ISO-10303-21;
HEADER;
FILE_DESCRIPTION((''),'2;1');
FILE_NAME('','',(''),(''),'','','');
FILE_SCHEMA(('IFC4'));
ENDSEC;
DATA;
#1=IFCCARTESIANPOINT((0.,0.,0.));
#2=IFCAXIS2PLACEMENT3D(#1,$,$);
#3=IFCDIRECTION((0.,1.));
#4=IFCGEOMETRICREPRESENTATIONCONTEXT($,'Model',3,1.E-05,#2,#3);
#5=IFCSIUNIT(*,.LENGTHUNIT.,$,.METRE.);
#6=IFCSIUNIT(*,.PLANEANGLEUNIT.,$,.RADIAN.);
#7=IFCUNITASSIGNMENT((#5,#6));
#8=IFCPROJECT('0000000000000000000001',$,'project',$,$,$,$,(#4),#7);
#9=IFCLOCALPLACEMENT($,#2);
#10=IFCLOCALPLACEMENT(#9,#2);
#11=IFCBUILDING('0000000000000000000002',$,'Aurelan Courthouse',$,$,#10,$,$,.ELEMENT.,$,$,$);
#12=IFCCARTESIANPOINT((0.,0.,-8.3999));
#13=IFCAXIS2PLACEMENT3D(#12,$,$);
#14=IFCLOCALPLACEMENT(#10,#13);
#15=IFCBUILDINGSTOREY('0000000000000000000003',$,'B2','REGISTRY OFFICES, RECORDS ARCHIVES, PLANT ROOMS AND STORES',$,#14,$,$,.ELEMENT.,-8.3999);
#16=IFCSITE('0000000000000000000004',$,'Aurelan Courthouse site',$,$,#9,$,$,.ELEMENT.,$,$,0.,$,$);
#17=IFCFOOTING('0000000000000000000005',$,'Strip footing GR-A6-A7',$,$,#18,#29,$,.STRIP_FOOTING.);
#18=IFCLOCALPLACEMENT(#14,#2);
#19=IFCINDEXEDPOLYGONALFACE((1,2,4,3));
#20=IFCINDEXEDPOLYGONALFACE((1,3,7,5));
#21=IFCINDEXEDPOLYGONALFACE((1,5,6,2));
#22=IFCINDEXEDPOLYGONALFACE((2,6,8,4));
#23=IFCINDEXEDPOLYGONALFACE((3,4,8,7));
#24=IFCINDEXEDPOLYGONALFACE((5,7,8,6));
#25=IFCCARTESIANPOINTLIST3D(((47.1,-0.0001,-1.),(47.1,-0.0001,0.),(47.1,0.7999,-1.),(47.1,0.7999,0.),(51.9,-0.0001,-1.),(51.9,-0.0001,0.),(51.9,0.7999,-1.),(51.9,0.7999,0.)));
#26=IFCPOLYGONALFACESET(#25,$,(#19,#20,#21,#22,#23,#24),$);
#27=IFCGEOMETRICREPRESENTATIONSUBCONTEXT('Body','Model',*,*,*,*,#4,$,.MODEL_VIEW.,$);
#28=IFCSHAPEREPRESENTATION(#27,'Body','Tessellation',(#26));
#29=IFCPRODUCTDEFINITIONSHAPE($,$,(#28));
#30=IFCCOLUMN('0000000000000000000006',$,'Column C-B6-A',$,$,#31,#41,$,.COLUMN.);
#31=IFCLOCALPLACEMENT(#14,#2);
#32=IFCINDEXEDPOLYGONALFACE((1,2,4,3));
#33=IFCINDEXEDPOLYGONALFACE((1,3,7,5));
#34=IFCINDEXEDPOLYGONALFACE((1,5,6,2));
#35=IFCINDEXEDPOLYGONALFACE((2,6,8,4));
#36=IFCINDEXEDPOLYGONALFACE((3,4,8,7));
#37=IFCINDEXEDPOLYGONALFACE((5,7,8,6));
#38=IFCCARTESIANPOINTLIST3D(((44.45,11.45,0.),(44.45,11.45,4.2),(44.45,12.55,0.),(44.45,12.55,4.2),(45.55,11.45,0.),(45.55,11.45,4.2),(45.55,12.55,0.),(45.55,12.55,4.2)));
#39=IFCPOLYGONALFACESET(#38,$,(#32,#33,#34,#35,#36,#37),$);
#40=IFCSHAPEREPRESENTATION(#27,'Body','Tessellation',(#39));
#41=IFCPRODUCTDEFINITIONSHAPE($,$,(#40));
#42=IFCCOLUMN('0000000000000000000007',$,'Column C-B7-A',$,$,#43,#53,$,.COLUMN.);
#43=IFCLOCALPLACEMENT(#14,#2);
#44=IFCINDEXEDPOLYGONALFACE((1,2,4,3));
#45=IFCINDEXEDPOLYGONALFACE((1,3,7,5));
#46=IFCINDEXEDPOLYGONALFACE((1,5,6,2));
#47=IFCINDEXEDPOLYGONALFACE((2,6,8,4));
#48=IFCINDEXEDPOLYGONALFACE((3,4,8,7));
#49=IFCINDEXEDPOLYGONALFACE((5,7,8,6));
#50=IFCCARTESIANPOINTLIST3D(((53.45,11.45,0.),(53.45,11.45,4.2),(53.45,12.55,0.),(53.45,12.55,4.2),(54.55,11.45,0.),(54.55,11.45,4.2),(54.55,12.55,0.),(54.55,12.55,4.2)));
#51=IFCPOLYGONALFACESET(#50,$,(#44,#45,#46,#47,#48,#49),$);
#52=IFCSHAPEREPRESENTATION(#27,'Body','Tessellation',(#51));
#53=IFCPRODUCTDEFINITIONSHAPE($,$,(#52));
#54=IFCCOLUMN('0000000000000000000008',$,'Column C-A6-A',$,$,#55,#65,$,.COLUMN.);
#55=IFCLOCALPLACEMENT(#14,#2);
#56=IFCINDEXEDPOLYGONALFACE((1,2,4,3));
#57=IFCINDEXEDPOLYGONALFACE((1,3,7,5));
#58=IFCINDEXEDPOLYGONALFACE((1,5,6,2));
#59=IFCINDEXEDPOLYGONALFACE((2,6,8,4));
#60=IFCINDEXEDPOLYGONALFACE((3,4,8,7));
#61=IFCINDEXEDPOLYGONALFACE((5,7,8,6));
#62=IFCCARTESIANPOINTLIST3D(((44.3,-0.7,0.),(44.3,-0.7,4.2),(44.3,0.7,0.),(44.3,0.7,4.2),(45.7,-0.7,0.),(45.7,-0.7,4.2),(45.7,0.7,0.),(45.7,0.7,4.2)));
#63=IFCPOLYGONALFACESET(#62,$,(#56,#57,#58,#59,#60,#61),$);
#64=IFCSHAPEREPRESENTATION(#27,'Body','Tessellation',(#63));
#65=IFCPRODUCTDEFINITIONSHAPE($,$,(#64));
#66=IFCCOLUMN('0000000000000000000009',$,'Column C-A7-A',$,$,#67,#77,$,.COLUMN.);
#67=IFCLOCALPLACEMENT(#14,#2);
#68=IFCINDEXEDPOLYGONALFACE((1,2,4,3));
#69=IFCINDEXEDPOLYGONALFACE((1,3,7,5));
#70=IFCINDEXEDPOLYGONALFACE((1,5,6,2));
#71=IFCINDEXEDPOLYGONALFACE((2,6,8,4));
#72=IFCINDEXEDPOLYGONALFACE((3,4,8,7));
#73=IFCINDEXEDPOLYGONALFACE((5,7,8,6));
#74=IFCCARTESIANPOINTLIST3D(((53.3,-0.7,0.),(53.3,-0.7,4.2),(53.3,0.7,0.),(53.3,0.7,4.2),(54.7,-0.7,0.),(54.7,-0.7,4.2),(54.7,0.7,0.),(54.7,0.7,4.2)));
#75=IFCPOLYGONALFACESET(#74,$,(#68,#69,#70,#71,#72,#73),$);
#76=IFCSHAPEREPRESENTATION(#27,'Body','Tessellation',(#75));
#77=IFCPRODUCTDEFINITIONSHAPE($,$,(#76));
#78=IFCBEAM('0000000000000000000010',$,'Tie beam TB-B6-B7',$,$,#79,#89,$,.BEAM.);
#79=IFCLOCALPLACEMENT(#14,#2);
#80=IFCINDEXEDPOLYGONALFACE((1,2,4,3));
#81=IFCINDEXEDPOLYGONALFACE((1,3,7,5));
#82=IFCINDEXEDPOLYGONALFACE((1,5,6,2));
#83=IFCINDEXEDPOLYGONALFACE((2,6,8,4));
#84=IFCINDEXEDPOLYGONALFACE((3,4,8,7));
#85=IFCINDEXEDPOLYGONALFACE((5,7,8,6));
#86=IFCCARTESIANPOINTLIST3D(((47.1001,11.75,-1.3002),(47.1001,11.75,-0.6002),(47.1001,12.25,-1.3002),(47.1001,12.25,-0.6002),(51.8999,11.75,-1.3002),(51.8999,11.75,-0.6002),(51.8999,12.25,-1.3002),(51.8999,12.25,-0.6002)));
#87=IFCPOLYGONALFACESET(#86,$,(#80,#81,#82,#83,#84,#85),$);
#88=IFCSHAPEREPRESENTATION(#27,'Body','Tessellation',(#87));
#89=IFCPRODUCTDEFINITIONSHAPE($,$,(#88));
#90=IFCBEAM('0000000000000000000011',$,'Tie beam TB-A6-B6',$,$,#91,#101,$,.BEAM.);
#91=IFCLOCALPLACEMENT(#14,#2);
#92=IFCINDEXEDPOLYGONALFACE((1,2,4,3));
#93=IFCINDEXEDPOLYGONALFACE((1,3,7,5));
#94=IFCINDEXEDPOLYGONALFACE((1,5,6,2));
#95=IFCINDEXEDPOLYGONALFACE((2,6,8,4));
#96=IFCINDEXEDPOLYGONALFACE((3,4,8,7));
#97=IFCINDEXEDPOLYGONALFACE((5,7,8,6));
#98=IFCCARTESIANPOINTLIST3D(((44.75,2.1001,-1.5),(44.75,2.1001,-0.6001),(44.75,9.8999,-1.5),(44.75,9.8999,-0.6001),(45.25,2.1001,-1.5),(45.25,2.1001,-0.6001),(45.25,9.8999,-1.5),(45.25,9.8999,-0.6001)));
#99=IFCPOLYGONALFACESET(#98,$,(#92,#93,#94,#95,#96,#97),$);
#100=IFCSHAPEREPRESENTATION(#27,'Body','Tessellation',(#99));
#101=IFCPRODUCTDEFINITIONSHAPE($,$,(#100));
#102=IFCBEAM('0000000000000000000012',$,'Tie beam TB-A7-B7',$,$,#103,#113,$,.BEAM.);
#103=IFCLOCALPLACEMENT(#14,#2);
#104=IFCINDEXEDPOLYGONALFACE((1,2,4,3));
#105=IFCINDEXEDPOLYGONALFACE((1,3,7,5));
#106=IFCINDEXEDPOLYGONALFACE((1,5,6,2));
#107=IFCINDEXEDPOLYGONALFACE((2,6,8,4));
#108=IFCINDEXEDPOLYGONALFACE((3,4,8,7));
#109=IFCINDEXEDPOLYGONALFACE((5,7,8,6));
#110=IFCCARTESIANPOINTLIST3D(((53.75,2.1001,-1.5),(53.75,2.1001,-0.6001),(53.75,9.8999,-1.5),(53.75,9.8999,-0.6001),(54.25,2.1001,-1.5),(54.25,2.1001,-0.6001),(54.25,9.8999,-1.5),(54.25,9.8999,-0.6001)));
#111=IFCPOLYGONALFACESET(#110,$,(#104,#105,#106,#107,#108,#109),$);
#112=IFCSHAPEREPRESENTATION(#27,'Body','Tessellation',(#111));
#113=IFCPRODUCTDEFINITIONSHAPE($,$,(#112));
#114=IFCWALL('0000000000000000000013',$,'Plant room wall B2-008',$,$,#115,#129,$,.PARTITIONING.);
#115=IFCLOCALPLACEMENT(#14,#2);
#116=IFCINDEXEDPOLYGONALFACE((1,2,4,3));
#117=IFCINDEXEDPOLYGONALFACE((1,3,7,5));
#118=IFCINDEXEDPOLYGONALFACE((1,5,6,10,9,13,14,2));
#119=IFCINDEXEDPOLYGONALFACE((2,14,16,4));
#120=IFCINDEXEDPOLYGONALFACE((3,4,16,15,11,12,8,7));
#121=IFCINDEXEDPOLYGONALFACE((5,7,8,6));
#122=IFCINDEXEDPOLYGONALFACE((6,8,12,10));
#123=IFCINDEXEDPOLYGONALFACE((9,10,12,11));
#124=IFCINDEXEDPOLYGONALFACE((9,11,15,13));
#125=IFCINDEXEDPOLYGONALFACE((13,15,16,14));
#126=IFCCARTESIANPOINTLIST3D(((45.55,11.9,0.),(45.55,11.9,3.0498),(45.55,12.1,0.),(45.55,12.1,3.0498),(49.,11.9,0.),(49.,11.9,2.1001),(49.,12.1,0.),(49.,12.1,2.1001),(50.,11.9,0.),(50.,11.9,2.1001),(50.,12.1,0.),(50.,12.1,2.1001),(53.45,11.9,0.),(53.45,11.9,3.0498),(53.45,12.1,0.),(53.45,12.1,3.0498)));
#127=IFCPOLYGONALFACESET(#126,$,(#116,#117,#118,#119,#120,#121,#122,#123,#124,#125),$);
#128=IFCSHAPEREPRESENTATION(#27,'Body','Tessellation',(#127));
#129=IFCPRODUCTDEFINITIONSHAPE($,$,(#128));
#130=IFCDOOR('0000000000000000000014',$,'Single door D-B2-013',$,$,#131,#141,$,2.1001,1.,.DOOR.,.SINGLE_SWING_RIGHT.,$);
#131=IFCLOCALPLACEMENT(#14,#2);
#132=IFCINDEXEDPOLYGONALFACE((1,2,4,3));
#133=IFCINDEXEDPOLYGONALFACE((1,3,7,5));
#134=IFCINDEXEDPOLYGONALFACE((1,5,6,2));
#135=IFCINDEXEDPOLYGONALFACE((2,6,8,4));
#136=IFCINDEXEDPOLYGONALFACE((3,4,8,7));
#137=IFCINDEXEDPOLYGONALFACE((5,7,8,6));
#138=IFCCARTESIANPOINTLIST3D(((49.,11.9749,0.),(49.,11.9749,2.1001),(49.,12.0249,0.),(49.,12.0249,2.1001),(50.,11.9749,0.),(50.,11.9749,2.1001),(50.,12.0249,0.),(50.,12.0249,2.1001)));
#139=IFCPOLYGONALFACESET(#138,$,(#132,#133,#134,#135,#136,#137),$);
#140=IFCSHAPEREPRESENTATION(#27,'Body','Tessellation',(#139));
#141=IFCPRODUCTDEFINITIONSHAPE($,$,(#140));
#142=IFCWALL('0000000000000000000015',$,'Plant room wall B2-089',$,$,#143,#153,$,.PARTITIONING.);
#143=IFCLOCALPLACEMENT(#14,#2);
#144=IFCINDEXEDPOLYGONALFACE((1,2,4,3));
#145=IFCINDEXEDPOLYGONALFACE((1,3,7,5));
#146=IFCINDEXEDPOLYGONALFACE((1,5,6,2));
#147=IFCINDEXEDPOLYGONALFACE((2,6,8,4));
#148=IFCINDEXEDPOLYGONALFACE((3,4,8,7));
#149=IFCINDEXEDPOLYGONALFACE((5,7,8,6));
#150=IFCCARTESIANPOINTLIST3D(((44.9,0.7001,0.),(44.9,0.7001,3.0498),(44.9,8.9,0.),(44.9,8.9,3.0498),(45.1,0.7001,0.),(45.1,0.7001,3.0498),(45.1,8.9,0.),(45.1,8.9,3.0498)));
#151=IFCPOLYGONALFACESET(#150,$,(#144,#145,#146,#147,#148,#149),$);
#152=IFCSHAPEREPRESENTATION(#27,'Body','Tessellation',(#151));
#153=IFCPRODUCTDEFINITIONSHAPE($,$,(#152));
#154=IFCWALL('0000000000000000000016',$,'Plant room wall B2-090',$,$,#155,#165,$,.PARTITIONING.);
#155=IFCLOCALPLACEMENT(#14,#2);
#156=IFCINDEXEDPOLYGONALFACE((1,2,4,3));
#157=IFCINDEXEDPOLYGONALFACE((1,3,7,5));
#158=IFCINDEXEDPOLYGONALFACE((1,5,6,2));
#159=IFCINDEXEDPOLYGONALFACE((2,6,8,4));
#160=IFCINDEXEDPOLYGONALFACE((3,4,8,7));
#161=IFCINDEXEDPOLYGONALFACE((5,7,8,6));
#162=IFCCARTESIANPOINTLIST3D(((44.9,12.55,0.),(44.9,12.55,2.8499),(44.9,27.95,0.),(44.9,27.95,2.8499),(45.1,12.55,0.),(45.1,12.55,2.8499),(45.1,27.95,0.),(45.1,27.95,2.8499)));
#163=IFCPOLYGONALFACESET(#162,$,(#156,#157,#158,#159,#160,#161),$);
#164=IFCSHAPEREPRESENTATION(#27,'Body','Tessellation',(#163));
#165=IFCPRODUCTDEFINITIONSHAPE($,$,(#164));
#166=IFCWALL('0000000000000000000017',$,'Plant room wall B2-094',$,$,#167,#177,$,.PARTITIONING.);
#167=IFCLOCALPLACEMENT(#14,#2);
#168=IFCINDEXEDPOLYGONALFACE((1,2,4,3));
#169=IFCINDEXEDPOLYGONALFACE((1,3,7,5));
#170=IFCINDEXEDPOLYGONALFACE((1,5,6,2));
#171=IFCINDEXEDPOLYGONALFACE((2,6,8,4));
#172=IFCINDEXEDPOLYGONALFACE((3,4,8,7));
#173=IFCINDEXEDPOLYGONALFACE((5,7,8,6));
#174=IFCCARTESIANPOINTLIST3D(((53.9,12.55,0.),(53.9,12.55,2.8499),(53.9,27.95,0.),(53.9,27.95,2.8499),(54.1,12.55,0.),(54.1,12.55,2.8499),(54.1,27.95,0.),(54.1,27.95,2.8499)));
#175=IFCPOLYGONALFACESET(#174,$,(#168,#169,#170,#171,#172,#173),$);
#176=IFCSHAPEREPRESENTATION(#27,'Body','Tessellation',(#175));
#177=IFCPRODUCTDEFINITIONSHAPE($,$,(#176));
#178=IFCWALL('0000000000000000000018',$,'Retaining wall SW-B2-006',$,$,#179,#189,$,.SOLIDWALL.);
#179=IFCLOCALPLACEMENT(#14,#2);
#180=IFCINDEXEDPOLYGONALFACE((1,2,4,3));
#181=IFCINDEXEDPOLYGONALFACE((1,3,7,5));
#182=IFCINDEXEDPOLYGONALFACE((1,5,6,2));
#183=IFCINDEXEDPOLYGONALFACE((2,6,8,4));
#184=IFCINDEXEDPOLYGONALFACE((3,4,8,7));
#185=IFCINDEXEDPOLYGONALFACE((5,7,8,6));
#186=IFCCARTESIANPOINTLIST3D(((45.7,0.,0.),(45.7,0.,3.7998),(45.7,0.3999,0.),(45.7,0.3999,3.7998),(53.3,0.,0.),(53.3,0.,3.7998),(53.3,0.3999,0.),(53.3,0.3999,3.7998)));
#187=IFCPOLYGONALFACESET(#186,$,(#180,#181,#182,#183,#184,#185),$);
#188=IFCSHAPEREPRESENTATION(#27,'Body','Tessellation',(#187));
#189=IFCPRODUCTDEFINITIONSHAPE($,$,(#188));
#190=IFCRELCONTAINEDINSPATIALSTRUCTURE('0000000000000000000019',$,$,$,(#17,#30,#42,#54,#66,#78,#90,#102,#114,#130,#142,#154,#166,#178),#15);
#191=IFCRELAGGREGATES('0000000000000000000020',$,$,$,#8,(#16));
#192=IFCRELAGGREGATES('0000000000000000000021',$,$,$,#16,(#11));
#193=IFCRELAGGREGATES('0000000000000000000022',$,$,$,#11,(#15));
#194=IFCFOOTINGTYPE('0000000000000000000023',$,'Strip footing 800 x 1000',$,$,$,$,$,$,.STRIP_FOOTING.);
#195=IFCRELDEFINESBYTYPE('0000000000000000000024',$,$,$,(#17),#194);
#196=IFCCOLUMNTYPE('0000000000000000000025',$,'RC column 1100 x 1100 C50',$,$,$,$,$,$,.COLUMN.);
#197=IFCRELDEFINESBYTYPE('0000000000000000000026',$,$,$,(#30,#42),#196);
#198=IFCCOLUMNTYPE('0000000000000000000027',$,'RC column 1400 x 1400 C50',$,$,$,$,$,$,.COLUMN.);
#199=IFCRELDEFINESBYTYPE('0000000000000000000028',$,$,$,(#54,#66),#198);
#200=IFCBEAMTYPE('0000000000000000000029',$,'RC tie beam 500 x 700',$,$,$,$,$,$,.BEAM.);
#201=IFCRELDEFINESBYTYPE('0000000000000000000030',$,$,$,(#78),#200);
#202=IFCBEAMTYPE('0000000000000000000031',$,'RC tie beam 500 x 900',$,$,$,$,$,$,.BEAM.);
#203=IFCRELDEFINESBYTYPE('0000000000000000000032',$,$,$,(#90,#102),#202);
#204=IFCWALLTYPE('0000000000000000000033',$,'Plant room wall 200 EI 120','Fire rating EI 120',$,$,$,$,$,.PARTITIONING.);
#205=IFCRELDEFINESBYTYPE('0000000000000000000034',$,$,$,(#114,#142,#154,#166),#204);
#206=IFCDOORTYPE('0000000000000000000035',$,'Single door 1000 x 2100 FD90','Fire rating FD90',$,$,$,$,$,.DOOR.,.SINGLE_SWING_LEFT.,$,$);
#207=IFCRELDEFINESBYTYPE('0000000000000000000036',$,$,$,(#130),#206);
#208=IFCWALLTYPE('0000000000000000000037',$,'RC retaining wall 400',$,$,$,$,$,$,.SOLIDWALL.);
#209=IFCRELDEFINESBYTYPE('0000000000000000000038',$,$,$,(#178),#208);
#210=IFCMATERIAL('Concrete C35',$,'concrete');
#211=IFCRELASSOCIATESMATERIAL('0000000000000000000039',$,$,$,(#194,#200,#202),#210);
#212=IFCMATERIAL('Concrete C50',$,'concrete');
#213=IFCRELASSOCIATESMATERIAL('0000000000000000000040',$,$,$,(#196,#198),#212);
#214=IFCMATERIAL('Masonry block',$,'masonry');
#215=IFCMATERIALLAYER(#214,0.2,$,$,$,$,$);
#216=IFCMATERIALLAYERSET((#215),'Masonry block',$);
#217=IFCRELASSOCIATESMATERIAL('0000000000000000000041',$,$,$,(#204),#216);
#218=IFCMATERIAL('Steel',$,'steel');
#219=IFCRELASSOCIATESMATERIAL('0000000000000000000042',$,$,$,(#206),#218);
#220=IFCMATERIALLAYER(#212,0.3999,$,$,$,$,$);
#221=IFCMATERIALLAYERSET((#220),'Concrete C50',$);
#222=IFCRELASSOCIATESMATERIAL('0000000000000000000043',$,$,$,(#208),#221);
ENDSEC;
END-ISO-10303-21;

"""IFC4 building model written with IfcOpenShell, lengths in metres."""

from ifc_helpers import new_model, si_unit, direction, frame, frame_2d, origin, origin_2d, place, context, subcontext, project, spatial, rectangle, extrude, material, layer, layer_set, material_profile, profile_set, type_object, element, fill, save


model = new_model("IFC4")

# Units and contexts
model_context = context("Model", 3, precision=1e-05, world=origin(), true_north=direction((0.0, 1.0)))
body_context = subcontext(model_context, "Body", "Model", "MODEL_VIEW")
ifc_project = project(units=[si_unit("LENGTHUNIT", "METRE"), si_unit("PLANEANGLEUNIT", "RADIAN")], contexts=[model_context])

# Site, building, storey
site_placement = place(None, origin())
site = spatial("IfcSite", under=ifc_project, at=site_placement, Name="Aurelan Courthouse site", CompositionType="ELEMENT", RefElevation=0.0)
building_placement = place(site_placement, origin())
building = spatial("IfcBuilding", under=site, at=building_placement, Name="Aurelan Courthouse", CompositionType="ELEMENT")
storey_placement = place(building_placement, frame((0.0, 0.0, -8.3999)))
storey = spatial("IfcBuildingStorey", under=building, at=storey_placement, Name="B2", Description="REGISTRY OFFICES, RECORDS ARCHIVES, PLANT ROOMS AND STORES", CompositionType="ELEMENT", Elevation=-8.3999)

# Shared definitions
ifc_material_1 = material(Name="Concrete C35", Category="concrete")

# Footing
footing_type_1 = type_object("IfcFootingType", Name="Strip footing 800 x 1000", PredefinedType="STRIP_FOOTING", material=ifc_material_1)
footing_placement = place(storey_placement, frame((49.5, 0.3999, -1.0), z_axis=(0.0, 0.0, 1.0), x_axis=(1.0, 0.0, 0.0)))
element("IfcFooting", 1, at=footing_placement, inside=storey, type_object=footing_type_1, Name="Strip footing GR-A6-A7", PredefinedType="STRIP_FOOTING", context=body_context, shape_type="SweptSolid", body=[
    extrude(rectangle(XDim=4.8, YDim=0.8, at=origin_2d()), origin(), (0.0, 0.0, 1.0), 1.0),
])

# Columns
ifc_material_2 = material(Name="Concrete C50", Category="concrete")
ifc_material_profile_1 = material_profile(ifc_material_2, rectangle(XDim=1.1001, YDim=1.1001, at=origin_2d()), Name="RC 1100 x 1100")
ifc_profile_set_1 = profile_set([ifc_material_profile_1], Name="Concrete C50")
column_type_1 = type_object("IfcColumnType", Name="RC column 1100 x 1100 C50", PredefinedType="COLUMN", material=ifc_profile_set_1)
for number, where, z_axis, x_axis, name in (
    (2, (45.0, 12.0, 0.0), (0.0, 0.0, 1.0), (1.0, 0.0, 0.0), "Column C-B6-A"),
    (3, (54.0, 12.0, 0.0), (0.0, 0.0, 1.0), (1.0, 0.0, 0.0), "Column C-B7-A"),
):
    element("IfcColumn", number, at=place(storey_placement, frame(where, z_axis=z_axis, x_axis=x_axis)), inside=storey, type_object=column_type_1, Name=name, PredefinedType="COLUMN", context=body_context, shape_type="SweptSolid", body=[
        extrude(rectangle(XDim=1.1001, YDim=1.1001, at=origin_2d()), origin(), (0.0, 0.0, 1.0), 4.2),
    ])
ifc_material_profile_2 = material_profile(ifc_material_2, rectangle(XDim=1.3999, YDim=1.3999, at=origin_2d()), Name="RC 1400 x 1400")
ifc_profile_set_2 = profile_set([ifc_material_profile_2], Name="Concrete C50")
column_type_2 = type_object("IfcColumnType", Name="RC column 1400 x 1400 C50", PredefinedType="COLUMN", material=ifc_profile_set_2)
for number, where, z_axis, x_axis, name in (
    (4, (45.0, 0.0, 0.0), (0.0, 0.0, 1.0), (1.0, 0.0, 0.0), "Column C-A6-A"),
    (5, (54.0, 0.0, 0.0), (0.0, 0.0, 1.0), (1.0, 0.0, 0.0), "Column C-A7-A"),
):
    element("IfcColumn", number, at=place(storey_placement, frame(where, z_axis=z_axis, x_axis=x_axis)), inside=storey, type_object=column_type_2, Name=name, PredefinedType="COLUMN", context=body_context, shape_type="SweptSolid", body=[
        extrude(rectangle(XDim=1.3999, YDim=1.3999, at=origin_2d()), origin(), (0.0, 0.0, 1.0), 4.2),
    ])

# Beams
ifc_material_profile_3 = material_profile(ifc_material_1, rectangle(XDim=0.5, YDim=0.7, at=origin_2d()), Name="RC 500 x 700")
ifc_profile_set_3 = profile_set([ifc_material_profile_3], Name="Concrete C35")
beam_type_1 = type_object("IfcBeamType", Name="RC tie beam 500 x 700", PredefinedType="BEAM", material=ifc_profile_set_3)
beam_placement = place(storey_placement, frame((47.1001, 12.0, -0.9502), z_axis=(1.0, 0.0, 0.0), x_axis=(0.0, 1.0, 0.0)))
element("IfcBeam", 6, at=beam_placement, inside=storey, type_object=beam_type_1, Name="Tie beam TB-B6-B7", PredefinedType="BEAM", context=body_context, shape_type="SweptSolid", body=[
    extrude(rectangle(XDim=0.5, YDim=0.7, at=origin_2d()), origin(), (0.0, 0.0, 1.0), 4.7998),
])
ifc_material_profile_4 = material_profile(ifc_material_1, rectangle(XDim=0.5, YDim=0.8999, at=origin_2d()), Name="RC 500 x 900")
ifc_profile_set_4 = profile_set([ifc_material_profile_4], Name="Concrete C35")
beam_type_2 = type_object("IfcBeamType", Name="RC tie beam 500 x 900", PredefinedType="BEAM", material=ifc_profile_set_4)
for number, where, z_axis, x_axis, name in (
    (7, (45.0, 2.1001, -1.05), (0.0, 1.0, 0.0), (-1.0, 0.0, 0.0), "Tie beam TB-A6-B6"),
    (8, (54.0, 2.1001, -1.05), (0.0, 1.0, 0.0), (-1.0, 0.0, 0.0), "Tie beam TB-A7-B7"),
):
    element("IfcBeam", number, at=place(storey_placement, frame(where, z_axis=z_axis, x_axis=x_axis)), inside=storey, type_object=beam_type_2, Name=name, PredefinedType="BEAM", context=body_context, shape_type="SweptSolid", body=[
        extrude(rectangle(XDim=0.5, YDim=0.8999, at=origin_2d()), origin(), (0.0, 0.0, 1.0), 7.7998),
    ])

# Wall, opening, door
ifc_material_3 = material(Name="Masonry block", Category="masonry")
ifc_layer_1 = layer(ifc_material_3, 0.2)
ifc_layer_set_1 = layer_set([ifc_layer_1], Name="Masonry block")
wall_type_1 = type_object("IfcWallType", Name="Plant room wall 200 EI 120", Description="Fire rating EI 120", PredefinedType="PARTITIONING", material=ifc_layer_set_1)
wall_1_placement = place(storey_placement, frame((45.55, 12.0, 0.0), z_axis=(0.0, 0.0, 1.0), x_axis=(1.0, 0.0, 0.0)))
wall_1 = element("IfcWall", 9, at=wall_1_placement, inside=storey, type_object=wall_type_1, Name="Plant room wall B2-008", PredefinedType="PARTITIONING", context=body_context, shape_type="SweptSolid", body=[
    extrude(rectangle(XDim=7.8999, YDim=0.2, at=frame_2d((3.95, 0.0))), origin(), (0.0, 0.0, 1.0), 3.0498),
])
opening_placement = place(wall_1_placement, frame((3.45, 0.0, 0.0)))
opening = element("IfcOpeningElement", 10, at=opening_placement, cuts=wall_1, PredefinedType="OPENING", context=body_context, shape_type="SweptSolid", body=[
    extrude(rectangle(XDim=1.0, YDim=2.1001, at=frame_2d((0.5, 1.05))), frame((0.0, 0.1099, 0.0), z_axis=(0.0, -1.0, 0.0), x_axis=(1.0, 0.0, 0.0)), (0.0, 0.0, 1.0), 0.22),
])
ifc_material_4 = material(Name="Steel", Category="steel")
door_type = type_object("IfcDoorType", Name="Single door 1000 x 2100 FD90", Description="Fire rating FD90", OperationType="SINGLE_SWING_LEFT", PredefinedType="DOOR", material=ifc_material_4)
door_placement = place(opening_placement, origin())
door = element("IfcDoor", 11, at=door_placement, inside=storey, type_object=door_type, Name="Single door D-B2-013", OperationType="SINGLE_SWING_RIGHT", OverallHeight=2.1001, OverallWidth=1.0, PredefinedType="DOOR", context=body_context, shape_type="SweptSolid", body=[
    extrude(rectangle(XDim=1.0, YDim=2.1001, at=frame_2d((0.5, 1.05))), frame((0.0, 0.0249, 0.0), z_axis=(0.0, -1.0, 0.0), x_axis=(1.0, 0.0, 0.0)), (0.0, 0.0, 1.0), 0.05),
])
fill(opening, door)

# Walls
wall_2_placement = place(storey_placement, frame((45.0, 0.7, 0.0), z_axis=(0.0, 0.0, 1.0), x_axis=(0.0, 1.0, 0.0)))
element("IfcWall", 12, at=wall_2_placement, inside=storey, type_object=wall_type_1, Name="Plant room wall B2-089", PredefinedType="PARTITIONING", context=body_context, shape_type="SweptSolid", body=[
    extrude(rectangle(XDim=8.2, YDim=0.2, at=frame_2d((4.1001, 0.0))), origin(), (0.0, 0.0, 1.0), 3.0498),
])
for number, where, z_axis, x_axis, name in (
    (13, (45.0, 12.55, 0.0), (0.0, 0.0, 1.0), (0.0, 1.0, 0.0), "Plant room wall B2-090"),
    (14, (54.0, 12.55, 0.0), (0.0, 0.0, 1.0), (0.0, 1.0, 0.0), "Plant room wall B2-094"),
):
    element("IfcWall", number, at=place(storey_placement, frame(where, z_axis=z_axis, x_axis=x_axis)), inside=storey, type_object=wall_type_1, Name=name, PredefinedType="PARTITIONING", context=body_context, shape_type="SweptSolid", body=[
        extrude(rectangle(XDim=15.3999, YDim=0.2, at=frame_2d((7.7, 0.0))), origin(), (0.0, 0.0, 1.0), 2.8499),
    ])
ifc_layer_2 = layer(ifc_material_2, 0.3999)
ifc_layer_set_2 = layer_set([ifc_layer_2], Name="Concrete C50")
wall_type_2 = type_object("IfcWallType", Name="RC retaining wall 400", PredefinedType="SOLIDWALL", material=ifc_layer_set_2)
wall_3_placement = place(storey_placement, frame((45.7, 0.2, 0.0), z_axis=(0.0, 0.0, 1.0), x_axis=(1.0, 0.0, 0.0)))
element("IfcWall", 15, at=wall_3_placement, inside=storey, type_object=wall_type_2, Name="Retaining wall SW-B2-006", PredefinedType="SOLIDWALL", context=body_context, shape_type="SweptSolid", body=[
    extrude(rectangle(XDim=7.6001, YDim=0.3999, at=frame_2d((3.8, 0.0))), origin(), (0.0, 0.0, 1.0), 3.7998),
])

save(model, "model.ifc")
